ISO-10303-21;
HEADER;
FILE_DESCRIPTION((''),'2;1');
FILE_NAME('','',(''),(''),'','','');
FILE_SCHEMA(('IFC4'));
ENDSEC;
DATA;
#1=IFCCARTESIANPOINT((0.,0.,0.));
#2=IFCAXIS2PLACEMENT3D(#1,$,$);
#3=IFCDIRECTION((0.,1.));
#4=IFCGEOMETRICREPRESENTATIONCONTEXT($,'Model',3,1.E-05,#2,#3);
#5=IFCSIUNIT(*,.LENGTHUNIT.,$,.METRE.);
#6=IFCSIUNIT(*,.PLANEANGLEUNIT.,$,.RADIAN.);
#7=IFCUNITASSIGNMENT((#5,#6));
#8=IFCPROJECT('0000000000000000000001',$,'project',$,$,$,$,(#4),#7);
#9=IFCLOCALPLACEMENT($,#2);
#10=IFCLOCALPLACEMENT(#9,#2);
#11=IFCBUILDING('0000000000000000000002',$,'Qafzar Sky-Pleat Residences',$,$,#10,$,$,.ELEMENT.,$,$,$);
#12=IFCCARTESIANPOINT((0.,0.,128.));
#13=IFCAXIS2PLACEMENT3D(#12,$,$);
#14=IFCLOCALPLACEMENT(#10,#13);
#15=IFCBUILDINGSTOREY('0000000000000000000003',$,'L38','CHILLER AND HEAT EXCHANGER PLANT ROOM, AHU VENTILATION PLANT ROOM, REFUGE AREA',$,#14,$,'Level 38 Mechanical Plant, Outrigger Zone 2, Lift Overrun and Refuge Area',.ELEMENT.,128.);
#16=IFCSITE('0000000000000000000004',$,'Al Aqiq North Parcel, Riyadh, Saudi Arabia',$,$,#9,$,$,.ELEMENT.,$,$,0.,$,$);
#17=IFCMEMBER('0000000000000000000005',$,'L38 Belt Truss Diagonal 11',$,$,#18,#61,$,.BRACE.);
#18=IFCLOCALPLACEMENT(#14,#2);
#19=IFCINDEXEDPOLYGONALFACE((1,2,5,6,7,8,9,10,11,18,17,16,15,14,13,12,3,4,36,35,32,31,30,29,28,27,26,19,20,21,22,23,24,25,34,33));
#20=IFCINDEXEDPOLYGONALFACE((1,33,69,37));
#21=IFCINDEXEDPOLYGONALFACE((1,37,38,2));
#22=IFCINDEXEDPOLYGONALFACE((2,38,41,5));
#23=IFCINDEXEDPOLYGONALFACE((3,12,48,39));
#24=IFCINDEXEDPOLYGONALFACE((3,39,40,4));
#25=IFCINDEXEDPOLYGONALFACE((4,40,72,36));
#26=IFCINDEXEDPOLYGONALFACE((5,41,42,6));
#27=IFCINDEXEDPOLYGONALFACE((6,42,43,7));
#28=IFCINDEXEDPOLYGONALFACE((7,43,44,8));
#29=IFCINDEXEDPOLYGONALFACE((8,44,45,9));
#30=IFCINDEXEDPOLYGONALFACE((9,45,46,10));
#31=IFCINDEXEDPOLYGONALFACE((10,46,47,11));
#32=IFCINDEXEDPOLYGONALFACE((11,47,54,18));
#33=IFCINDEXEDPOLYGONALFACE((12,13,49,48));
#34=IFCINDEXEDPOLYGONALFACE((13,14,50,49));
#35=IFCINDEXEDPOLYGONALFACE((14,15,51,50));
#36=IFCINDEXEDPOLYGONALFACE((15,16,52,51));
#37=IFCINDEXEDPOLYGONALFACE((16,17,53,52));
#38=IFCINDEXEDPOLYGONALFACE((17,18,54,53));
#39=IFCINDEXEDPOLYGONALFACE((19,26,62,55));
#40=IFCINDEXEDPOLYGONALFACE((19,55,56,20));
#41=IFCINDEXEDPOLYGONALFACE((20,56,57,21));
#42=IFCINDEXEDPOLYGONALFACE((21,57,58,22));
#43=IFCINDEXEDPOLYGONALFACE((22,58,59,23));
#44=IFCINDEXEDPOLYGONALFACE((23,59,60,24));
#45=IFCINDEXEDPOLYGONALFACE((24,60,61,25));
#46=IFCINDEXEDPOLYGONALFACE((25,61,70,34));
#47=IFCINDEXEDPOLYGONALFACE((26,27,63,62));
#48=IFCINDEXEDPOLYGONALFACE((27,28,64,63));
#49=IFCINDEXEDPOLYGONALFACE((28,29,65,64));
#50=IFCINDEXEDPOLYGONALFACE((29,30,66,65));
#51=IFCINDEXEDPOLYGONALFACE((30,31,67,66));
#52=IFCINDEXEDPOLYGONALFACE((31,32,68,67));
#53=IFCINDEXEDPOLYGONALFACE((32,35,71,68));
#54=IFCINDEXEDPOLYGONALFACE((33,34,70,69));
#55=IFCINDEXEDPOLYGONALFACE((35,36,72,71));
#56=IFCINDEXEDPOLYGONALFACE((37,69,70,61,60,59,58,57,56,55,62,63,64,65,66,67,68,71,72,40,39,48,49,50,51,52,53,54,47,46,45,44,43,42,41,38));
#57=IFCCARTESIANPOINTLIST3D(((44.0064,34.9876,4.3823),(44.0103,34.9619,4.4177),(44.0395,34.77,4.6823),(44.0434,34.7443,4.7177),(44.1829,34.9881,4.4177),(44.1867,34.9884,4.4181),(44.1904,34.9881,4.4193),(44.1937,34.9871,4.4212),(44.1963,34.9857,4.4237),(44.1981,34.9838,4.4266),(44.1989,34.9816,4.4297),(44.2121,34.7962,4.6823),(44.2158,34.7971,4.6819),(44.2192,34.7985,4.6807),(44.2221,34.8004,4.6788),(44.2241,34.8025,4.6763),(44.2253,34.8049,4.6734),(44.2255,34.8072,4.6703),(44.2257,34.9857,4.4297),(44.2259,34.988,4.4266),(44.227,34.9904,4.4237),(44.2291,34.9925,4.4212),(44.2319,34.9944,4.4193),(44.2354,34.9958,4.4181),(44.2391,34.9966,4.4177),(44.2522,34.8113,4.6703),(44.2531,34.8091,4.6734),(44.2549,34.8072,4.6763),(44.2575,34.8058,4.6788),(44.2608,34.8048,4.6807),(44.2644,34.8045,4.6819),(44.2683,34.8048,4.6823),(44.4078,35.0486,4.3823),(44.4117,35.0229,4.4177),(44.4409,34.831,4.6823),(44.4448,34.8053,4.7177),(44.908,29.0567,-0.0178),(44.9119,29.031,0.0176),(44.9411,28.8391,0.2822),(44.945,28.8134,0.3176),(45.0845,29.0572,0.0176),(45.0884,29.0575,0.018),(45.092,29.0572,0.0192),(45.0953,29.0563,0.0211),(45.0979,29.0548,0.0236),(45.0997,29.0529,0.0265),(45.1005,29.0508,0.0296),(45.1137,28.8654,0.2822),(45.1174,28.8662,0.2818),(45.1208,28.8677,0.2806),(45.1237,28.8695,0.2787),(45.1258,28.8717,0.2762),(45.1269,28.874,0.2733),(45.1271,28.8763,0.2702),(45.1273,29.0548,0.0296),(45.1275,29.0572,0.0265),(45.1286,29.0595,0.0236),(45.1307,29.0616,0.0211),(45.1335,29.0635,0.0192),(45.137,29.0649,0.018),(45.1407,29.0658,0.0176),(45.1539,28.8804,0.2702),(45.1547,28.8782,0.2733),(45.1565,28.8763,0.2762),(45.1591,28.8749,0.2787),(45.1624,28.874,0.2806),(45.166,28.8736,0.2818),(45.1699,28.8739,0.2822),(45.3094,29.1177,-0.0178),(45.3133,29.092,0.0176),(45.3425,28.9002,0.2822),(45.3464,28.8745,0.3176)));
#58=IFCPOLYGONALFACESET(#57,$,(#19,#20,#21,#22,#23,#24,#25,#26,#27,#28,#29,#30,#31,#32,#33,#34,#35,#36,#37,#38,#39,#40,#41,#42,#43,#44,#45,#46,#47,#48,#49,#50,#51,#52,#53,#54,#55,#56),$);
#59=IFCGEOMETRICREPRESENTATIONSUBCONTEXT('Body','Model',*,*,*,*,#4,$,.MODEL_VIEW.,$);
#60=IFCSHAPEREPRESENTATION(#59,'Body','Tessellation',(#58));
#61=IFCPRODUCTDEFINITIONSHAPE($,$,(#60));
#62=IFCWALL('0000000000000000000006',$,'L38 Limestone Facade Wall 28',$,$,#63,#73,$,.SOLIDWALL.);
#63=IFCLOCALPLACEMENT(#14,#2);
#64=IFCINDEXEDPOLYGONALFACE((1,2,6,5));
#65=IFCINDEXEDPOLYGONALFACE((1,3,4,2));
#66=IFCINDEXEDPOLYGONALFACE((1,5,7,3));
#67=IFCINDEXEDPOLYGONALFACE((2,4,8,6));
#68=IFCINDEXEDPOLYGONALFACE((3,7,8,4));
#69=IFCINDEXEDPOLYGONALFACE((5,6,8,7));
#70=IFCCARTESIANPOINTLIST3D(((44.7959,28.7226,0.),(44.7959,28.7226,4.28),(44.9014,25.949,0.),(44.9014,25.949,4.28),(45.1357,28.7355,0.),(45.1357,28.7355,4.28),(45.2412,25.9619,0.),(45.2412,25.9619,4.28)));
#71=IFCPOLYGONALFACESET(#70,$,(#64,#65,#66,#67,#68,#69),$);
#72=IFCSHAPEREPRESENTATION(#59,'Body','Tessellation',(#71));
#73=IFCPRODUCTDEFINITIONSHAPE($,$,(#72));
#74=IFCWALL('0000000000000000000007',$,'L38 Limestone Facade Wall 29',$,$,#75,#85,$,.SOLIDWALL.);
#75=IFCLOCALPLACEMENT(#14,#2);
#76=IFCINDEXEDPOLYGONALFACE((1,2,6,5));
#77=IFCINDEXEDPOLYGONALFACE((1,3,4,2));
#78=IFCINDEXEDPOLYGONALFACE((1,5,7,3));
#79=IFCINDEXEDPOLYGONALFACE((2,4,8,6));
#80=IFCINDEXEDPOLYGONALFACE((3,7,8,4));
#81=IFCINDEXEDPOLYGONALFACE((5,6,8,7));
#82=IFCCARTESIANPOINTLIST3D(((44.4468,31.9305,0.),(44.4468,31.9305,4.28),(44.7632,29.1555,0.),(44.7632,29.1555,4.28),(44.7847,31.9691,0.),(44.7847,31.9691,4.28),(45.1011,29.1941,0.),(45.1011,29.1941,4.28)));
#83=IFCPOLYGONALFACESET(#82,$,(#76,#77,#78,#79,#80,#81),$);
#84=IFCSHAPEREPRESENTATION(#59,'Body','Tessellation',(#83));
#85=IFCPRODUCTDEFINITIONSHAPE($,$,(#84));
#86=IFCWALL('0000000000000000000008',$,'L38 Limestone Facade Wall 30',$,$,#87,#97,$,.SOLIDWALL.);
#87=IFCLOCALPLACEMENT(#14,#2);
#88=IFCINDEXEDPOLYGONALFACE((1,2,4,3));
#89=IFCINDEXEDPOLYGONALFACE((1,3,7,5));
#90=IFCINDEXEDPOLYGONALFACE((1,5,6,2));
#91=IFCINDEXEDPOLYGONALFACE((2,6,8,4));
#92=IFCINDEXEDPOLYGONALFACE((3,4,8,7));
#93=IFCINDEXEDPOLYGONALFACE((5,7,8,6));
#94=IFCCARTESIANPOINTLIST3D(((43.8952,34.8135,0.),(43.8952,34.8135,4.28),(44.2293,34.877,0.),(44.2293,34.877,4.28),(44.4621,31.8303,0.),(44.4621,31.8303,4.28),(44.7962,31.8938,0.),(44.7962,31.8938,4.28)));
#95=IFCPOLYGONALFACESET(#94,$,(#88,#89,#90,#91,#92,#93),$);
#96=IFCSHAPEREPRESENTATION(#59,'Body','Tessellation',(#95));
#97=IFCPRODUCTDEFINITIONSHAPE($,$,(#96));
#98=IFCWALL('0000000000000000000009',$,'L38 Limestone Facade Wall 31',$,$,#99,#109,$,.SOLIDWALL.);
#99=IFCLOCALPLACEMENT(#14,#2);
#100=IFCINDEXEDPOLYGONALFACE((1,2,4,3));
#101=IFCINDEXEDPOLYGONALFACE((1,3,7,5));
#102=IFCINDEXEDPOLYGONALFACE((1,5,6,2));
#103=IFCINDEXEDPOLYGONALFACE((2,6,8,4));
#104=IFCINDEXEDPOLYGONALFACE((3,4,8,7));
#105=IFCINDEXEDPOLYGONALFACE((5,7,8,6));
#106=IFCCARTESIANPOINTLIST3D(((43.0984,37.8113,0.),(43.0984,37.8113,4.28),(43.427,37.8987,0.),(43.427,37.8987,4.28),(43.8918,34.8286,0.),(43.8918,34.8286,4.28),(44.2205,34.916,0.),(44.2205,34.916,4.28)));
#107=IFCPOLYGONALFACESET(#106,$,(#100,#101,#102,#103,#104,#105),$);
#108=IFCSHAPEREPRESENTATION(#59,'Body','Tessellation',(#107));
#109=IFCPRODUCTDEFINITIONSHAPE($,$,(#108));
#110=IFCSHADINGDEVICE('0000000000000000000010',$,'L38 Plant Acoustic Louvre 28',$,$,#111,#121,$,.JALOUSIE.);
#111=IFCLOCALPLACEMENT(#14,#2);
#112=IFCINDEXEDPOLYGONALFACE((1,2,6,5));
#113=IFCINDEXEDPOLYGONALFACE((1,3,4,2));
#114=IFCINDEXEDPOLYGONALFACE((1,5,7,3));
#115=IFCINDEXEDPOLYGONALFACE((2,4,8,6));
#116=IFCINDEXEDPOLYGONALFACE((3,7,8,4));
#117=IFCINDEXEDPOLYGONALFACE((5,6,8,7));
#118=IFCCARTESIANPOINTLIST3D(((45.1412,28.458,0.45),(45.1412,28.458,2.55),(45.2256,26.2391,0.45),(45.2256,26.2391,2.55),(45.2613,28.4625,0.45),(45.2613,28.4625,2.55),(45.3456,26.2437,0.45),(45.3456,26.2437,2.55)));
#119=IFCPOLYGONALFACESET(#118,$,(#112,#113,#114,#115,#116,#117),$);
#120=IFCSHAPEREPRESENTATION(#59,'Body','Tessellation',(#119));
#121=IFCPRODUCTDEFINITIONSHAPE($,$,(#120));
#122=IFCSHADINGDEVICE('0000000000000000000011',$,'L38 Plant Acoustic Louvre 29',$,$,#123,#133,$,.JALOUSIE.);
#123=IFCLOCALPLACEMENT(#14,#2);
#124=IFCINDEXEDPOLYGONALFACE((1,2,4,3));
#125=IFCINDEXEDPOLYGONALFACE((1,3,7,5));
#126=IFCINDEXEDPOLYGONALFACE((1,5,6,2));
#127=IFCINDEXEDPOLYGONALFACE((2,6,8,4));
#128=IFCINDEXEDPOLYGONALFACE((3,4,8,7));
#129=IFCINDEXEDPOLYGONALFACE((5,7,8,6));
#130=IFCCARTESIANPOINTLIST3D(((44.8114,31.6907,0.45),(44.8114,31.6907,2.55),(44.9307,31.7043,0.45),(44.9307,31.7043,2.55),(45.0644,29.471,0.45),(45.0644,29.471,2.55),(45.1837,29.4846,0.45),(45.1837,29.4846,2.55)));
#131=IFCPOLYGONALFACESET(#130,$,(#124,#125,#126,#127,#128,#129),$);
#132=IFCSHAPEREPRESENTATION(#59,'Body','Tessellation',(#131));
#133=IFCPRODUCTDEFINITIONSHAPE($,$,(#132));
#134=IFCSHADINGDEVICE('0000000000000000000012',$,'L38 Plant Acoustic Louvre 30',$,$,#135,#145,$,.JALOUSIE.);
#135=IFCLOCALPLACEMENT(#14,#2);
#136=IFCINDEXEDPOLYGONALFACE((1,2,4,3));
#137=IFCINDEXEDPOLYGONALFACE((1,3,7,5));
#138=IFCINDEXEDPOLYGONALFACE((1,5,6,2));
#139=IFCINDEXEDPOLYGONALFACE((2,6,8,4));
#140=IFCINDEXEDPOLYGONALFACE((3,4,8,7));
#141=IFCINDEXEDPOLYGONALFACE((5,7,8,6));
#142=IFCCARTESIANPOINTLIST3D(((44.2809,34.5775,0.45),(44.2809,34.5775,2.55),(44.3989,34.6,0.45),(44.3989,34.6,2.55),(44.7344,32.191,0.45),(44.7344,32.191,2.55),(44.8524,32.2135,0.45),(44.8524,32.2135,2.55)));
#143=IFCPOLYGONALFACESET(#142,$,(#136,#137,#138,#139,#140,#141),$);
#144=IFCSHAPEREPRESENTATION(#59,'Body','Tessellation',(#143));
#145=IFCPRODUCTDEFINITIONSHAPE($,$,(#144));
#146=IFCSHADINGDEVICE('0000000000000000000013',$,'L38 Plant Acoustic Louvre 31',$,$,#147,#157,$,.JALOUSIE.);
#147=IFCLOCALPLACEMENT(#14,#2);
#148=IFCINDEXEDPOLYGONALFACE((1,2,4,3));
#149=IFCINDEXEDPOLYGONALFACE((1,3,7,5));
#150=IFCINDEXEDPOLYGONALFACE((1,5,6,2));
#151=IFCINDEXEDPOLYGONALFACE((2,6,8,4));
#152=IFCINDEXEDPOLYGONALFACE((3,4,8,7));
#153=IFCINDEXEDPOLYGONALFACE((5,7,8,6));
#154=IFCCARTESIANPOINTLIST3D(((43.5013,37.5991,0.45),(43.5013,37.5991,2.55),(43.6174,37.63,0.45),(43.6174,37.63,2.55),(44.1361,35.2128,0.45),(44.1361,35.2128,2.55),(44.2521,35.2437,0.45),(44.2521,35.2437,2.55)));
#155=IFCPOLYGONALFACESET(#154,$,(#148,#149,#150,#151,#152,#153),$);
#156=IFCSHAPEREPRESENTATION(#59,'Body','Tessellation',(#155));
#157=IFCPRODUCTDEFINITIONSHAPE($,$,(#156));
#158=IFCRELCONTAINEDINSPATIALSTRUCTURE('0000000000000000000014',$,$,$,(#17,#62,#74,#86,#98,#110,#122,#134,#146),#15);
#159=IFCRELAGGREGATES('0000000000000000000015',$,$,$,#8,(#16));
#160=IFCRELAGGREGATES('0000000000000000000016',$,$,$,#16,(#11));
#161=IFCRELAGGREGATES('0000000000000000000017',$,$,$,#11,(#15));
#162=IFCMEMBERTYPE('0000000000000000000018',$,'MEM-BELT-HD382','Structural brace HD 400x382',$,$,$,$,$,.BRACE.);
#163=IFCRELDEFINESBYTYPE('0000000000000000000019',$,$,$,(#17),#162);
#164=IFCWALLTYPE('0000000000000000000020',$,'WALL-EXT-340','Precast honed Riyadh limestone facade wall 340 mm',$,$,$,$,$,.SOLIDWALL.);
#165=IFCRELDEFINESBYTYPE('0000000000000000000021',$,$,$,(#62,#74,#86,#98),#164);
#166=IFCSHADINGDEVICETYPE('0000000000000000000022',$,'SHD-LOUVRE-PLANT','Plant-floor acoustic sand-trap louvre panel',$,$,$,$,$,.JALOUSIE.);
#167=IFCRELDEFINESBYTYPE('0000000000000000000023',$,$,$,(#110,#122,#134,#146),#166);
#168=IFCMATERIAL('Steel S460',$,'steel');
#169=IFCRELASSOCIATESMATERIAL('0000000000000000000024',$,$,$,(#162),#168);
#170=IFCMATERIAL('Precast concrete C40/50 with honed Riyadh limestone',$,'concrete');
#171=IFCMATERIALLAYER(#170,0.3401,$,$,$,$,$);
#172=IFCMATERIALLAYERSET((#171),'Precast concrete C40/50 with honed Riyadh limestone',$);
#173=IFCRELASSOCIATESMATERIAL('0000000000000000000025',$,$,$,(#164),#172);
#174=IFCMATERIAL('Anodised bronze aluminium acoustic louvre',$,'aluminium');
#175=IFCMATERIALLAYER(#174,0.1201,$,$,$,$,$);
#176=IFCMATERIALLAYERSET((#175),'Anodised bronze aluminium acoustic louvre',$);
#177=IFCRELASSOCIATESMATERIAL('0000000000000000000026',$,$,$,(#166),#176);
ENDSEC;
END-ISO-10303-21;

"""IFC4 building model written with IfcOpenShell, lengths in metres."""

from ifc_helpers import new_model, si_unit, direction, frame, frame_2d, origin, origin_2d, place, context, subcontext, project, spatial, rectangle, i_section, extrude, source, transform, mapped, material, layer, layer_set, material_profile, profile_set, type_object, element, save


model = new_model("IFC4")

# Units and contexts
model_context = context("Model", 3, precision=1e-05, world=origin(), true_north=direction((0.0, 1.0)))
body_context = subcontext(model_context, "Body", "Model", "MODEL_VIEW")
ifc_project = project(units=[si_unit("LENGTHUNIT", "METRE"), si_unit("PLANEANGLEUNIT", "RADIAN")], contexts=[model_context])

# Site, building, storey
site_placement = place(None, origin())
site = spatial("IfcSite", under=ifc_project, at=site_placement, Name="Al Aqiq North Parcel, Riyadh, Saudi Arabia", CompositionType="ELEMENT", RefElevation=0.0)
building_placement = place(site_placement, origin())
building = spatial("IfcBuilding", under=site, at=building_placement, Name="Qafzar Sky-Pleat Residences", CompositionType="ELEMENT")
storey_placement = place(building_placement, frame((0.0, 0.0, 128.0)))
storey = spatial("IfcBuildingStorey", under=building, at=storey_placement, Name="L38", Description="CHILLER AND HEAT EXCHANGER PLANT ROOM, AHU VENTILATION PLANT ROOM, REFUGE AREA", LongName="Level 38 Mechanical Plant, Outrigger Zone 2, Lift Overrun and Refuge Area", CompositionType="ELEMENT", Elevation=128.0)

# Shared definitions
ifc_material_1 = material(Name="Steel S460", Category="steel")

# Member
ifc_material_profile_1 = material_profile(ifc_material_1, i_section(OverallWidth=0.406, OverallDepth=0.416, WebThickness=0.0271, FlangeThickness=0.0439, FilletRadius=0.0149, at=origin_2d()), Name="HD 400x382")
ifc_profile_set_1 = profile_set([ifc_material_profile_1], Name="Steel S460")
member_type = type_object("IfcMemberType", Name="MEM-BELT-HD382", Description="Structural brace HD 400x382", PredefinedType="BRACE", material=ifc_profile_set_1)
shared_shape_1 = source(origin(), body_context, "Body", "SweptSolid", [
    extrude(i_section(OverallWidth=0.406, OverallDepth=0.416, WebThickness=0.0271, FlangeThickness=0.0439, FilletRadius=0.0149, at=origin_2d()), origin(), (0.0, 0.0, 1.0), 7.4397),
])
member_1_placement = place(storey_placement, frame((45.1272, 28.9656, 0.1499), z_axis=(-0.121188, 0.797192, 0.591437), x_axis=(-0.988642, -0.150292, 0.0)))
element("IfcMember", 1, at=member_1_placement, inside=storey, type_object=member_type, Name="L38 Belt Truss Diagonal 11", PredefinedType="BRACE", context=body_context, shape_type="MappedRepresentation", body=[
    mapped(shared_shape_1, transform((0.0, 0.0, 0.0), x_axis=(1.0, 0.0, 0.0), y_axis=(0.0, 1.0, 0.0), z_axis=(0.0, 0.0, 1.0), scale=1.0)),
])

# Walls
ifc_material_2 = material(Name="Precast concrete C40/50 with honed Riyadh limestone", Category="concrete")
ifc_layer_1 = layer(ifc_material_2, 0.3401)
ifc_layer_set_1 = layer_set([ifc_layer_1], Name="Precast concrete C40/50 with honed Riyadh limestone")
wall_type = type_object("IfcWallType", Name="WALL-EXT-340", Description="Precast honed Riyadh limestone facade wall 340 mm", PredefinedType="SOLIDWALL", material=ifc_layer_set_1)
wall_1_placement = place(storey_placement, frame((45.0713, 25.9556, 0.0), z_axis=(0.0, 0.0, 1.0), x_axis=(-0.037997, 0.999278, 0.0)))
element("IfcWall", 2, at=wall_1_placement, inside=storey, type_object=wall_type, Name="L38 Limestone Facade Wall 28", PredefinedType="SOLIDWALL", context=body_context, shape_type="SweptSolid", body=[
    extrude(rectangle(XDim=2.7756, YDim=0.3401, at=frame_2d((1.3877, 0.0))), origin(), (0.0, 0.0, 1.0), 4.28),
])
wall_2_placement = place(storey_placement, frame((44.9321, 29.1748, 0.0), z_axis=(0.0, 0.0, 1.0), x_axis=(-0.11329, 0.993562, 0.0)))
element("IfcWall", 3, at=wall_2_placement, inside=storey, type_object=wall_type, Name="L38 Limestone Facade Wall 29", PredefinedType="SOLIDWALL", context=body_context, shape_type="SweptSolid", body=[
    extrude(rectangle(XDim=2.793, YDim=0.3401, at=frame_2d((1.3965, 0.0))), origin(), (0.0, 0.0, 1.0), 4.28),
])
wall_3_placement = place(storey_placement, frame((44.6292, 31.8621, 0.0), z_axis=(0.0, 0.0, 1.0), x_axis=(-0.186691, 0.982419, 0.0)))
element("IfcWall", 4, at=wall_3_placement, inside=storey, type_object=wall_type, Name="L38 Limestone Facade Wall 30", PredefinedType="SOLIDWALL", context=body_context, shape_type="SweptSolid", body=[
    extrude(rectangle(XDim=3.0366, YDim=0.3401, at=frame_2d((1.5183, 0.0))), origin(), (0.0, 0.0, 1.0), 4.28),
])
wall_4_placement = place(storey_placement, frame((44.0562, 34.8723, 0.0), z_axis=(0.0, 0.0, 1.0), x_axis=(-0.257082, 0.96639, 0.0)))
element("IfcWall", 5, at=wall_4_placement, inside=storey, type_object=wall_type, Name="L38 Limestone Facade Wall 31", PredefinedType="SOLIDWALL", context=body_context, shape_type="SweptSolid", body=[
    extrude(rectangle(XDim=3.0864, YDim=0.3401, at=frame_2d((1.5432, 0.0))), origin(), (0.0, 0.0, 1.0), 4.28),
])

# Shading devices
ifc_material_3 = material(Name="Anodised bronze aluminium acoustic louvre", Category="aluminium")
ifc_layer_2 = layer(ifc_material_3, 0.1201)
ifc_layer_set_2 = layer_set([ifc_layer_2], Name="Anodised bronze aluminium acoustic louvre")
shading_device_type = type_object("IfcShadingDeviceType", Name="SHD-LOUVRE-PLANT", Description="Plant-floor acoustic sand-trap louvre panel", PredefinedType="JALOUSIE", material=ifc_layer_set_2)
shared_shape_2 = source(origin(), body_context, "Body", "SweptSolid", [
    extrude(rectangle(XDim=2.2205, YDim=0.1201, at=origin_2d()), origin(), (0.0, 0.0, 1.0), 2.1001),
])
shading_device_1_placement = place(storey_placement, frame((45.2434, 27.3508, 0.45), z_axis=(0.0, 0.0, 1.0), x_axis=(-0.037974, 0.999279, 0.0)))
element("IfcShadingDevice", 6, at=shading_device_1_placement, inside=storey, type_object=shading_device_type, Name="L38 Plant Acoustic Louvre 28", PredefinedType="JALOUSIE", context=body_context, shape_type="MappedRepresentation", body=[
    mapped(shared_shape_2, transform((0.0, 0.0, 0.0), x_axis=(1.0, 0.0, 0.0), y_axis=(0.0, 1.0, 0.0), z_axis=(0.0, 0.0, 1.0), scale=1.0)),
])
shared_shape_3 = source(origin(), body_context, "Body", "SweptSolid", [
    extrude(rectangle(XDim=2.2341, YDim=0.1201, at=origin_2d()), origin(), (0.0, 0.0, 1.0), 2.1001),
])
shading_device_2_placement = place(storey_placement, frame((44.9976, 30.5876, 0.45), z_axis=(0.0, 0.0, 1.0), x_axis=(-0.113257, 0.993566, 0.0)))
element("IfcShadingDevice", 7, at=shading_device_2_placement, inside=storey, type_object=shading_device_type, Name="L38 Plant Acoustic Louvre 29", PredefinedType="JALOUSIE", context=body_context, shape_type="MappedRepresentation", body=[
    mapped(shared_shape_3, transform((0.0, 0.0, 0.0), x_axis=(1.0, 0.0, 0.0), y_axis=(0.0, 1.0, 0.0), z_axis=(0.0, 0.0, 1.0), scale=1.0)),
])
shared_shape_4 = source(origin(), body_context, "Body", "SweptSolid", [
    extrude(rectangle(XDim=2.4292, YDim=0.1201, at=origin_2d()), origin(), (0.0, 0.0, 1.0), 2.1001),
])
shading_device_3_placement = place(storey_placement, frame((44.5667, 33.3955, 0.45), z_axis=(0.0, 0.0, 1.0), x_axis=(-0.18669, 0.982419, 0.0)))
element("IfcShadingDevice", 8, at=shading_device_3_placement, inside=storey, type_object=shading_device_type, Name="L38 Plant Acoustic Louvre 30", PredefinedType="JALOUSIE", context=body_context, shape_type="MappedRepresentation", body=[
    mapped(shared_shape_4, transform((0.0, 0.0, 0.0), x_axis=(1.0, 0.0, 0.0), y_axis=(0.0, 1.0, 0.0), z_axis=(0.0, 0.0, 1.0), scale=1.0)),
])
shared_shape_5 = source(origin(), body_context, "Body", "SweptSolid", [
    extrude(rectangle(XDim=2.4692, YDim=0.1201, at=origin_2d()), origin(), (0.0, 0.0, 1.0), 2.1001),
])
shading_device_4_placement = place(storey_placement, frame((43.8767, 36.4214, 0.45), z_axis=(0.0, 0.0, 1.0), x_axis=(-0.257076, 0.966391, 0.0)))
element("IfcShadingDevice", 9, at=shading_device_4_placement, inside=storey, type_object=shading_device_type, Name="L38 Plant Acoustic Louvre 31", PredefinedType="JALOUSIE", context=body_context, shape_type="MappedRepresentation", body=[
    mapped(shared_shape_5, transform((0.0, 0.0, 0.0), x_axis=(1.0, 0.0, 0.0), y_axis=(0.0, 1.0, 0.0), z_axis=(0.0, 0.0, 1.0), scale=1.0)),
])

save(model, "model.ifc")
